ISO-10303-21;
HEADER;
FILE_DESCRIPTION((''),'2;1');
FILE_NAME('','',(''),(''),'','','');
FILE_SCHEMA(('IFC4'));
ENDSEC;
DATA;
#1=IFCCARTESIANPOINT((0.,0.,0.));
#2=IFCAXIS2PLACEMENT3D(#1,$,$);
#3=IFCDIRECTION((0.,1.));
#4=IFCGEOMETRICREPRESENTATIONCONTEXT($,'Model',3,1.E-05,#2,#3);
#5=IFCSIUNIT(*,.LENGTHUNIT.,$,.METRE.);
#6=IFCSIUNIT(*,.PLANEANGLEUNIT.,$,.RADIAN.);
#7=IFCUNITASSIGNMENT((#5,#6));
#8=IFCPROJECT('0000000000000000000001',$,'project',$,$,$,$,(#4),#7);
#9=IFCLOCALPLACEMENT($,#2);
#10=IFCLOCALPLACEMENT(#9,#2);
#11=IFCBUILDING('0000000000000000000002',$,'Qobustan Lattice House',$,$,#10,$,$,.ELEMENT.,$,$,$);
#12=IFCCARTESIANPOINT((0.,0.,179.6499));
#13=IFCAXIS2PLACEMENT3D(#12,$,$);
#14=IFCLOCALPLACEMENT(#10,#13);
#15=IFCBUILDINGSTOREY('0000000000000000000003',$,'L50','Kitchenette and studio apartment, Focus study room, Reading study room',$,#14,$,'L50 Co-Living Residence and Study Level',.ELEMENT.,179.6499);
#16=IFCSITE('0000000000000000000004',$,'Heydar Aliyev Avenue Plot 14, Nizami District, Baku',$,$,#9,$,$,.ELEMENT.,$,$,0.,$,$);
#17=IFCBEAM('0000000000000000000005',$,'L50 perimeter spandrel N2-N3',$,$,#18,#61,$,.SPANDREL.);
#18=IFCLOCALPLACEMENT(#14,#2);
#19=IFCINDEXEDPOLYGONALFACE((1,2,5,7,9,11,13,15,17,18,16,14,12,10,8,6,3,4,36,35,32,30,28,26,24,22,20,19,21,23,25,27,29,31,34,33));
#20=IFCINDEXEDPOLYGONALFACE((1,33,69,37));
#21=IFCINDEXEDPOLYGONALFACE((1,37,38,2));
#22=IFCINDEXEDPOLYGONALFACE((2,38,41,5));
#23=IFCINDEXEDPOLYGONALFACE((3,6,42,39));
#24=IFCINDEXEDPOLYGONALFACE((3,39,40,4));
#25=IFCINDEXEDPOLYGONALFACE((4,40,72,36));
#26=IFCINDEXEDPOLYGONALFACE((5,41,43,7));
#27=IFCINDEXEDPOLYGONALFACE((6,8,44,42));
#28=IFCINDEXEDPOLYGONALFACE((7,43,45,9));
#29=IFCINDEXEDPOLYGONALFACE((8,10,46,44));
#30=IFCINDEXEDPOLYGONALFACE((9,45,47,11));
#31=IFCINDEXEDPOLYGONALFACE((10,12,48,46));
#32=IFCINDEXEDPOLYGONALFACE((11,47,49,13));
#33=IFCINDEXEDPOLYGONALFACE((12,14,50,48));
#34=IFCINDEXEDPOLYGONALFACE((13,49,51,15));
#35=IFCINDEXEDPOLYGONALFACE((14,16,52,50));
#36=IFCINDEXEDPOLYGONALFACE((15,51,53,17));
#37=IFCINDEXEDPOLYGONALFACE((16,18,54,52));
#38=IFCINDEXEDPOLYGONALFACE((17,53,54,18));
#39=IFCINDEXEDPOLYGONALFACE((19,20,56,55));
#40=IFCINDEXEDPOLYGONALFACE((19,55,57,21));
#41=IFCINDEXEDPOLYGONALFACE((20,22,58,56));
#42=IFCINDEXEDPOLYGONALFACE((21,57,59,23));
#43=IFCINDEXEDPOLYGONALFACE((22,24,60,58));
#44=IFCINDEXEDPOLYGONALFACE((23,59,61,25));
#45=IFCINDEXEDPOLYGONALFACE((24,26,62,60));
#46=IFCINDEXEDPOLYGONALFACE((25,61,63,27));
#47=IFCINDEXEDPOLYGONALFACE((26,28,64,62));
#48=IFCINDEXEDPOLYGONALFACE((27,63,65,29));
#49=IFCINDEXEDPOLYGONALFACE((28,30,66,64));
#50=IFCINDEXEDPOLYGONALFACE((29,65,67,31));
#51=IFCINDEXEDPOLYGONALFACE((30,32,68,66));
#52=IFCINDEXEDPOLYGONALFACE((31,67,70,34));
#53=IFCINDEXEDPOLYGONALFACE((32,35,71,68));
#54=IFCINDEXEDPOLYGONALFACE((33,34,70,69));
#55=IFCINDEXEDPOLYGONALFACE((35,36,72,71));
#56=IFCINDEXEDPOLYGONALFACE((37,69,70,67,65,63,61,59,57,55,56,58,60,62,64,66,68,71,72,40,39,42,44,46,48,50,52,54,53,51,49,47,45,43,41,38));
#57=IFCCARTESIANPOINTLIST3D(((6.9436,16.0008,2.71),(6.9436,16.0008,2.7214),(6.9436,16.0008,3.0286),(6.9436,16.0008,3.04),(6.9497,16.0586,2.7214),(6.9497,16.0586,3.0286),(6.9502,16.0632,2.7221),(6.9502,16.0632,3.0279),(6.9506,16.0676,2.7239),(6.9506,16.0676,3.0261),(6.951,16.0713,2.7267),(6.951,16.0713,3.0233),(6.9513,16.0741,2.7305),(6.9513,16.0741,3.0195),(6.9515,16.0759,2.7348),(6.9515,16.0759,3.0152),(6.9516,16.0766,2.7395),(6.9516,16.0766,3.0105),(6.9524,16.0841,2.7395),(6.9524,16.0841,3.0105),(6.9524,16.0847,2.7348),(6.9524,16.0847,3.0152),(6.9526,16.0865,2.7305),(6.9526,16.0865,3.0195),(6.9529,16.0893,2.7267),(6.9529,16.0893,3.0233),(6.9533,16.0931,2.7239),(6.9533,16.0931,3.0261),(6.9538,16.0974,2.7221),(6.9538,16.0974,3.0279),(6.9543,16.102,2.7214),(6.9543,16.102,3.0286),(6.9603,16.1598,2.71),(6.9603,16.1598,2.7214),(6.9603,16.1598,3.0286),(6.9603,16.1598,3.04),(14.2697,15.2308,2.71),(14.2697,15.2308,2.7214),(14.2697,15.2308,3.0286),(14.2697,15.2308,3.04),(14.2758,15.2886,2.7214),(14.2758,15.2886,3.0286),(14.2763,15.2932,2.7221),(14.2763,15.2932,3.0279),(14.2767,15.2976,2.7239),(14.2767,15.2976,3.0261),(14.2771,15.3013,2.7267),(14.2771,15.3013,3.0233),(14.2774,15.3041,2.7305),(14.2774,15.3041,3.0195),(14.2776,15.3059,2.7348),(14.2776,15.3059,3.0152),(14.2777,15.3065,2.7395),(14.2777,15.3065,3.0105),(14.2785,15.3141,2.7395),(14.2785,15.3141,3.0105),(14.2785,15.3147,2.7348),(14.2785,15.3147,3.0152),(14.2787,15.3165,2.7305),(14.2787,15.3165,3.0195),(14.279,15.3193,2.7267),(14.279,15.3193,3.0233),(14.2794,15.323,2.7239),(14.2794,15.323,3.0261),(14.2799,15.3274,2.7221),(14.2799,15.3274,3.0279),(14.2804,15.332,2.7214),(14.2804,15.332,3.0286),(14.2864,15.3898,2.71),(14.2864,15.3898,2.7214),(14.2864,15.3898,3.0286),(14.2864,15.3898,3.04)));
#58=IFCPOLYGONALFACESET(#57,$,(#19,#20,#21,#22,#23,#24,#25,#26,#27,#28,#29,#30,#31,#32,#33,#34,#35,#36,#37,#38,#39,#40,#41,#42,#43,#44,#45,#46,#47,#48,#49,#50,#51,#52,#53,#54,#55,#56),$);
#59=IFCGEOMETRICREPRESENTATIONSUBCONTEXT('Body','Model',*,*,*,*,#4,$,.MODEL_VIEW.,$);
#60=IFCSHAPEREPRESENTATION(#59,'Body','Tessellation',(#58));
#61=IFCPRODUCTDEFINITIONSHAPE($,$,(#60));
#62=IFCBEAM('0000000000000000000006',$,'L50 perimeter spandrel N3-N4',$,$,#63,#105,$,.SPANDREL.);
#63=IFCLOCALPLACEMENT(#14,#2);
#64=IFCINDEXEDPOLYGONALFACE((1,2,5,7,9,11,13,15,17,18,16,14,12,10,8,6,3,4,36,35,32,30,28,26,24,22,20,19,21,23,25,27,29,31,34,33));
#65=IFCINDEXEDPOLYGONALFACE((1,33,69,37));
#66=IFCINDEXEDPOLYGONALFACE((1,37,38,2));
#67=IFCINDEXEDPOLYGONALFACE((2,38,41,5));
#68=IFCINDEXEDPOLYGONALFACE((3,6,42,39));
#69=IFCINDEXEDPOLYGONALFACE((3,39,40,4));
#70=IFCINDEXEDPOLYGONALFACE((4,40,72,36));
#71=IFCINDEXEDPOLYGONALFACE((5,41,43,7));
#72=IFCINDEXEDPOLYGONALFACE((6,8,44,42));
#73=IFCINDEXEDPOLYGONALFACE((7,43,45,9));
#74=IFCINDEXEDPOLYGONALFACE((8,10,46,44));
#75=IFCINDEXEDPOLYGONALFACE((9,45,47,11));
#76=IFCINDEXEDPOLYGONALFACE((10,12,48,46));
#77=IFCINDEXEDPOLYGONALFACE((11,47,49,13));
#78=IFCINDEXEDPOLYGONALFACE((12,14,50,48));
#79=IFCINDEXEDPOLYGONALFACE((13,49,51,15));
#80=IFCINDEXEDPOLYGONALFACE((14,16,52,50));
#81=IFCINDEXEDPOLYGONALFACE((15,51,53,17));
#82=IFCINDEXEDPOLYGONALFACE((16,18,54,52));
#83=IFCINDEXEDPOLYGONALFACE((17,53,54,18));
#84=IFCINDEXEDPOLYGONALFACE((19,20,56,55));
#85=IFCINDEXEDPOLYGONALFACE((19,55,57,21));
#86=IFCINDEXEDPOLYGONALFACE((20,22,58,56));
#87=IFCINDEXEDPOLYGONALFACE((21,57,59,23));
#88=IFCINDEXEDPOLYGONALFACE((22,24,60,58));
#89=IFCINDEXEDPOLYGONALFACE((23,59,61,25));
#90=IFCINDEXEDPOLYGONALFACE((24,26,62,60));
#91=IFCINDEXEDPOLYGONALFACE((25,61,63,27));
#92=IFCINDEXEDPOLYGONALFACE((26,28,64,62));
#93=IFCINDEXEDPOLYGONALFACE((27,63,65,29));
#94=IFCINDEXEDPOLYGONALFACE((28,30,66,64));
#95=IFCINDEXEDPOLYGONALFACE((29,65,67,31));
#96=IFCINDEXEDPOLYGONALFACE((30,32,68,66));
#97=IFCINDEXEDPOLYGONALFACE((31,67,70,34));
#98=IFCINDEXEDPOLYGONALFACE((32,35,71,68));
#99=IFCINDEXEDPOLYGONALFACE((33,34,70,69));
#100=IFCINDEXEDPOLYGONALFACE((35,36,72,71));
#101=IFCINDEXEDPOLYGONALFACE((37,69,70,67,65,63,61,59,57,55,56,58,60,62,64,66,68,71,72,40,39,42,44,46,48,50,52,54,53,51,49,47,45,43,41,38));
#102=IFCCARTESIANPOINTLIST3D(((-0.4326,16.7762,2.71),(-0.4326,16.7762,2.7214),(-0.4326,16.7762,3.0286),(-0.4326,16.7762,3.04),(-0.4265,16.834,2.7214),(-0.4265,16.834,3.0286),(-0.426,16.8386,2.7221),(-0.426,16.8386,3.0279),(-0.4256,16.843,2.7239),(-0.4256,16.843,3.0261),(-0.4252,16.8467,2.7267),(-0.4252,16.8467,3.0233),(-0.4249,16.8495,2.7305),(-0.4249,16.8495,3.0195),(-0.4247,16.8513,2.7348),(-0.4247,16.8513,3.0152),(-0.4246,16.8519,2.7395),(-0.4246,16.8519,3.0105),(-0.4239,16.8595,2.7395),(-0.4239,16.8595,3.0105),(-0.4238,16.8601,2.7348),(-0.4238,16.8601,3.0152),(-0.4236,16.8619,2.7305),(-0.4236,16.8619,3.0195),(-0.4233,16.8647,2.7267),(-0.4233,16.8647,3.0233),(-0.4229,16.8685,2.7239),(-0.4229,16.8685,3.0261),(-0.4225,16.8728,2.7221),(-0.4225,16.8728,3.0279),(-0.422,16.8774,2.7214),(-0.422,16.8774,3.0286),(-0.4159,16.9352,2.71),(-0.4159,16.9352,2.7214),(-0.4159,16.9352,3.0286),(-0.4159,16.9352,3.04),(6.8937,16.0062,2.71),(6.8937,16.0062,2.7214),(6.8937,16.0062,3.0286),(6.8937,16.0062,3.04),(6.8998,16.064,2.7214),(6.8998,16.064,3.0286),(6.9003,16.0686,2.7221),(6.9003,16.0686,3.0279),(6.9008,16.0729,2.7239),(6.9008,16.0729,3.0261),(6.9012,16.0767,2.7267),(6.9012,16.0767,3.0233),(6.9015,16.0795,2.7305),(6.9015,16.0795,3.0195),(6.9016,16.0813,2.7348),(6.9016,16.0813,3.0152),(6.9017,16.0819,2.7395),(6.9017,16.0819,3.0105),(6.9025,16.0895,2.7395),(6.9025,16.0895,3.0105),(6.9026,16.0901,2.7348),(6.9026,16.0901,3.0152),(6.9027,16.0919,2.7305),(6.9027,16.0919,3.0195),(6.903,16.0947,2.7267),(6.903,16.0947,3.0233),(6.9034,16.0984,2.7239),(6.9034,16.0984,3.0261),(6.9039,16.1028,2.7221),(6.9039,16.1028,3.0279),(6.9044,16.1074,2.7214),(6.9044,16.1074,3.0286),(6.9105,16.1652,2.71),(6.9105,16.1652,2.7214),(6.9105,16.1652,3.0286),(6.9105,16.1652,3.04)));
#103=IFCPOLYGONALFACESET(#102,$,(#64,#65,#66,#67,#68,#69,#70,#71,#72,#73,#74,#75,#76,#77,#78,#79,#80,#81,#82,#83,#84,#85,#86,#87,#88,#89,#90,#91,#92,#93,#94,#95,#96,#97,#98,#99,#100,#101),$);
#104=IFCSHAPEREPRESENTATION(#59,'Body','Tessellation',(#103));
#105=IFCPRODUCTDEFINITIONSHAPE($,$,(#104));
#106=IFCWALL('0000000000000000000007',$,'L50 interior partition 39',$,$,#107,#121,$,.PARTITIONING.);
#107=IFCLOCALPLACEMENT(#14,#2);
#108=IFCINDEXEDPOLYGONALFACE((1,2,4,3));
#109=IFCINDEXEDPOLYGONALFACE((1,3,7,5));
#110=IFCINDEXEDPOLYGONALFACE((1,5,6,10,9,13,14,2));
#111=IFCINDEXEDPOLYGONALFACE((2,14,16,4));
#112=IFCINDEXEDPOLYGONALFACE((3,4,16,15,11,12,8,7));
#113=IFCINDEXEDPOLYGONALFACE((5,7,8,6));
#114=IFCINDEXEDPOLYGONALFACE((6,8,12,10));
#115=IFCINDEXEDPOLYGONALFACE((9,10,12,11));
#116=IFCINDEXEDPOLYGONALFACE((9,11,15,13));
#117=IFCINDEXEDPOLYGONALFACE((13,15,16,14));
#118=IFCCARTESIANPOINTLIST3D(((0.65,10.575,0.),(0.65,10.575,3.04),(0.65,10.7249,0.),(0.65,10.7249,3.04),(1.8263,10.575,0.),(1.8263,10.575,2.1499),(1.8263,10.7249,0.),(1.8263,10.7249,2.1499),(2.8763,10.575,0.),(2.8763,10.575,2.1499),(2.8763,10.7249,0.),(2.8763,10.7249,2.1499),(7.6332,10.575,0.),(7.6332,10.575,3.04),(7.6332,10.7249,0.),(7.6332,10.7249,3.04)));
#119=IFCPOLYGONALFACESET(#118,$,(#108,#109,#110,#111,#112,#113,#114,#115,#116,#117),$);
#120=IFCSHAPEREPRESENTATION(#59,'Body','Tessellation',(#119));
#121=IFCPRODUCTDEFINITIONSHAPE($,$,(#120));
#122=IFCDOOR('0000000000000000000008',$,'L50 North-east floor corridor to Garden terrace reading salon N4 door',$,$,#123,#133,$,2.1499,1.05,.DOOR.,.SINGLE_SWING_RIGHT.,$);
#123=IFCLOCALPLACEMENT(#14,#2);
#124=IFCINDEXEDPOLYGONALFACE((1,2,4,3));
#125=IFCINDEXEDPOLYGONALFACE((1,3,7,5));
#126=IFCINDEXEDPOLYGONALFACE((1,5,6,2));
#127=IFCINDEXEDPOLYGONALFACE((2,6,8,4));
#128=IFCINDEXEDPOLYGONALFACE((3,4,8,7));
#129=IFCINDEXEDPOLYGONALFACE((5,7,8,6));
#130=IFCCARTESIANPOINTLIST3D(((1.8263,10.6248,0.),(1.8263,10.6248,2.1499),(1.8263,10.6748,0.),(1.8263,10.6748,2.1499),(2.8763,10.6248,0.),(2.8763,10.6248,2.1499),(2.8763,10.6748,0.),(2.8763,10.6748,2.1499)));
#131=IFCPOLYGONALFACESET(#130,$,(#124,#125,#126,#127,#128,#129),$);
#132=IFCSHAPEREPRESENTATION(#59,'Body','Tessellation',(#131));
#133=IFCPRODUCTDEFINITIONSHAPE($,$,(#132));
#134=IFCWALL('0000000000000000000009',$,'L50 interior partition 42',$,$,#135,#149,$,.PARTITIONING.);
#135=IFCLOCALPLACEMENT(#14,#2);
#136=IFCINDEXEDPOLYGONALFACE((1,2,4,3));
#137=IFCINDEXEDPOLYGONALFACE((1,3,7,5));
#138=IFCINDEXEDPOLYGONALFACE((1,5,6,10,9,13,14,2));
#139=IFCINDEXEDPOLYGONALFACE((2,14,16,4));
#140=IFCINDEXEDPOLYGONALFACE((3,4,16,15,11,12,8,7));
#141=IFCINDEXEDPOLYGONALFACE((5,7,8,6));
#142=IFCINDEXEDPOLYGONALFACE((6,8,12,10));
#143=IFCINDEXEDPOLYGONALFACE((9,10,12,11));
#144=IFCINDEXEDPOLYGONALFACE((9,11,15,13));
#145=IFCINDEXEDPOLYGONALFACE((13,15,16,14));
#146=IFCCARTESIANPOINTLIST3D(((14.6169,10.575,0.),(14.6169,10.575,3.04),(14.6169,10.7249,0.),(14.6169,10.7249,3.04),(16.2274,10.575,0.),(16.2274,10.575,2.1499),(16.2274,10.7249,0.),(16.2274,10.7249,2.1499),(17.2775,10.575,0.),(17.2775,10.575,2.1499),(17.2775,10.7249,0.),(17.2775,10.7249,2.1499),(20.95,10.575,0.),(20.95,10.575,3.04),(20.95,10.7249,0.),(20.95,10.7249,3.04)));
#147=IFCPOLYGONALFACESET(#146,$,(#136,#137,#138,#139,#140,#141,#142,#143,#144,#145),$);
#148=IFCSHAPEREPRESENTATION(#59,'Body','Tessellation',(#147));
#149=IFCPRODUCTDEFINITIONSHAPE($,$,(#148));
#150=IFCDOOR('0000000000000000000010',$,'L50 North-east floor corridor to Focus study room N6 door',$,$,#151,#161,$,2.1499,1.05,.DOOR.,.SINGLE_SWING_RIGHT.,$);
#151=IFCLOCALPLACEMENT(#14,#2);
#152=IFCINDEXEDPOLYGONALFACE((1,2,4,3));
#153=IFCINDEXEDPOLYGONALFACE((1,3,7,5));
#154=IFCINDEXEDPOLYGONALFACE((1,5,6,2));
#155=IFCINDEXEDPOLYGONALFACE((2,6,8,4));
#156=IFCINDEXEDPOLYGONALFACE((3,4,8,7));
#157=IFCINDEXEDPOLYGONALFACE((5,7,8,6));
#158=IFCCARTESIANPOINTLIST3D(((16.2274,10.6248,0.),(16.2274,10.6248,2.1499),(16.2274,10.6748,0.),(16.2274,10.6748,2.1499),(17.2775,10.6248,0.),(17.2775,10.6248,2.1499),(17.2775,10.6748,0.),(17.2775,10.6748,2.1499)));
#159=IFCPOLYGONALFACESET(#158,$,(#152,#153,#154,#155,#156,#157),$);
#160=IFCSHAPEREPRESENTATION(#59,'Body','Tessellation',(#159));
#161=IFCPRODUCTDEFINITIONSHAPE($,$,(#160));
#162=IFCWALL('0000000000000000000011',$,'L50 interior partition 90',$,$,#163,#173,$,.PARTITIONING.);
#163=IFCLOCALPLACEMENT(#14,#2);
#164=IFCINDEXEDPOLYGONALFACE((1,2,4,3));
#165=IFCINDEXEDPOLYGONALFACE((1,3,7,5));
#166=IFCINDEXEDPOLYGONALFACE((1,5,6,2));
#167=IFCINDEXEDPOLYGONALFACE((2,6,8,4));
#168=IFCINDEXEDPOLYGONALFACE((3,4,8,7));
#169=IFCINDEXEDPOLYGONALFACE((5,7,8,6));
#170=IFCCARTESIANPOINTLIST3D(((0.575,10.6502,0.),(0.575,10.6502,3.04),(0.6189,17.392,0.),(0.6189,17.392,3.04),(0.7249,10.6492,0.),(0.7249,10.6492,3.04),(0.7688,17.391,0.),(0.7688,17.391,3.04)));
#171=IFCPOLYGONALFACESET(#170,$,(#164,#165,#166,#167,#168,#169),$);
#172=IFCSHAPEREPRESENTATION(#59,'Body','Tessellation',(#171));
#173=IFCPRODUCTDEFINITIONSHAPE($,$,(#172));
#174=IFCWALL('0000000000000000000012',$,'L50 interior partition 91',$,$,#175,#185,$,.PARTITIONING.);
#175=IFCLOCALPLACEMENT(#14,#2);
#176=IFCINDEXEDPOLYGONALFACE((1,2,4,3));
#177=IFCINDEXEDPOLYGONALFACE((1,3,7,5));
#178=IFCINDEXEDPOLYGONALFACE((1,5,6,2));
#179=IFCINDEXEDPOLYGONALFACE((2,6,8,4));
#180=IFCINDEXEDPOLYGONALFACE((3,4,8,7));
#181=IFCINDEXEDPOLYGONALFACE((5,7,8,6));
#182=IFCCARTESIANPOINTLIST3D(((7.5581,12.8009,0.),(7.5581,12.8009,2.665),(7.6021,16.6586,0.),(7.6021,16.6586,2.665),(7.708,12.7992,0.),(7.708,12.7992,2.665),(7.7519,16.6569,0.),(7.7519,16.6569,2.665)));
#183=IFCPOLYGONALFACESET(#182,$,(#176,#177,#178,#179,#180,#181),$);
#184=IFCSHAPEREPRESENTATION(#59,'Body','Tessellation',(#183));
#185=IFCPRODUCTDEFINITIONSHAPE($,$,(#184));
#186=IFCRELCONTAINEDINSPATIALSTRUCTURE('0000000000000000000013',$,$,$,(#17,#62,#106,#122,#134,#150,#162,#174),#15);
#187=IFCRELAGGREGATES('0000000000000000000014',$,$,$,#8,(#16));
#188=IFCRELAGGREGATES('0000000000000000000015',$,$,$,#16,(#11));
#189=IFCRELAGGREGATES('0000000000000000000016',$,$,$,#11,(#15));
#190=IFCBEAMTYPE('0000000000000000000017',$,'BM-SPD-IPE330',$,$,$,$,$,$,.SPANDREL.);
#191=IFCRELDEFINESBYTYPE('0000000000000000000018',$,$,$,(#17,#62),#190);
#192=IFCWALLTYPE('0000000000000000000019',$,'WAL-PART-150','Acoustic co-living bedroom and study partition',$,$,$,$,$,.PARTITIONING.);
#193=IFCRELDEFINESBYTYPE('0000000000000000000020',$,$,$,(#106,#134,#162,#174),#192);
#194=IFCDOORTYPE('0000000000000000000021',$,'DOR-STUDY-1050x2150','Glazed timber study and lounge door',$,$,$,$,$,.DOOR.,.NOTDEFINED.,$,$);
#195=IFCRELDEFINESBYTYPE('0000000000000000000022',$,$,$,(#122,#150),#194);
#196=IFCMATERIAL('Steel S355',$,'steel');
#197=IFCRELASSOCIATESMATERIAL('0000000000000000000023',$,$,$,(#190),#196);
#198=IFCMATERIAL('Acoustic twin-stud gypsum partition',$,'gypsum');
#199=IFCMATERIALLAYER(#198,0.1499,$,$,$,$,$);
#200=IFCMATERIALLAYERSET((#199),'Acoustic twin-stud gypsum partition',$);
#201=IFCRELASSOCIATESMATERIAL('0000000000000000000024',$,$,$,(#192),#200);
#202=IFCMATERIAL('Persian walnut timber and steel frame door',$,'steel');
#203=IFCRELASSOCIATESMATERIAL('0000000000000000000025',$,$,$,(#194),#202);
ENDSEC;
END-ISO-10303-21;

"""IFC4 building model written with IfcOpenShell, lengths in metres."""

from ifc_helpers import new_model, si_unit, direction, frame, frame_2d, origin, origin_2d, place, context, subcontext, project, spatial, rectangle, i_section, extrude, material, layer, layer_set, material_profile, profile_set, type_object, element, fill, save


model = new_model("IFC4")

# Units and contexts
model_context = context("Model", 3, precision=1e-05, world=origin(), true_north=direction((0.0, 1.0)))
body_context = subcontext(model_context, "Body", "Model", "MODEL_VIEW")
ifc_project = project(units=[si_unit("LENGTHUNIT", "METRE"), si_unit("PLANEANGLEUNIT", "RADIAN")], contexts=[model_context])

# Site, building, storey
site_placement = place(None, origin())
site = spatial("IfcSite", under=ifc_project, at=site_placement, Name="Heydar Aliyev Avenue Plot 14, Nizami District, Baku", CompositionType="ELEMENT", RefElevation=0.0)
building_placement = place(site_placement, origin())
building = spatial("IfcBuilding", under=site, at=building_placement, Name="Qobustan Lattice House", CompositionType="ELEMENT")
storey_placement = place(building_placement, frame((0.0, 0.0, 179.6499)))
storey = spatial("IfcBuildingStorey", under=building, at=storey_placement, Name="L50", Description="Kitchenette and studio apartment, Focus study room, Reading study room", LongName="L50 Co-Living Residence and Study Level", CompositionType="ELEMENT", Elevation=179.6499)

# Beams
ifc_material_1 = material(Name="Steel S355", Category="steel")
ifc_material_profile_1 = material_profile(ifc_material_1, i_section(OverallWidth=0.1599, OverallDepth=0.3301, WebThickness=0.0076, FlangeThickness=0.0115, FilletRadius=0.0181, at=origin_2d()), Name="IPE330")
ifc_profile_set_1 = profile_set([ifc_material_profile_1], Name="Steel S355")
beam_type_1 = type_object("IfcBeamType", Name="BM-SPD-IPE330", PredefinedType="SPANDREL", material=ifc_profile_set_1)
beam_1_placement = place(storey_placement, frame((14.2781, 15.3103, 2.875), z_axis=(-0.994522, 0.10453, 0.0), x_axis=(-0.10453, -0.994522, 0.0)))
element("IfcBeam", 1, at=beam_1_placement, inside=storey, type_object=beam_type_1, Name="L50 perimeter spandrel N2-N3", PredefinedType="SPANDREL", context=body_context, shape_type="SweptSolid", body=[
    extrude(i_section(OverallWidth=0.1599, OverallDepth=0.3301, WebThickness=0.0076, FlangeThickness=0.0115, FilletRadius=0.0181, at=origin_2d()), origin(), (0.0, 0.0, 1.0), 7.3665),
])
beam_2_placement = place(storey_placement, frame((6.9021, 16.0857, 2.875), z_axis=(-0.994522, 0.104526, 0.0), x_axis=(-0.104526, -0.994522, 0.0)))
element("IfcBeam", 2, at=beam_2_placement, inside=storey, type_object=beam_type_1, Name="L50 perimeter spandrel N3-N4", PredefinedType="SPANDREL", context=body_context, shape_type="SweptSolid", body=[
    extrude(i_section(OverallWidth=0.1599, OverallDepth=0.3301, WebThickness=0.0076, FlangeThickness=0.0115, FilletRadius=0.0181, at=origin_2d()), origin(), (0.0, 0.0, 1.0), 7.3667),
])

# Walls, openings, doors
ifc_material_2 = material(Name="Acoustic twin-stud gypsum partition", Category="gypsum")
ifc_layer_1 = layer(ifc_material_2, 0.1499)
ifc_layer_set_1 = layer_set([ifc_layer_1], Name="Acoustic twin-stud gypsum partition")
wall_type_1 = type_object("IfcWallType", Name="WAL-PART-150", Description="Acoustic co-living bedroom and study partition", PredefinedType="PARTITIONING", material=ifc_layer_set_1)
wall_1_placement = place(storey_placement, frame((0.6499, 10.6499, 0.0), z_axis=(0.0, 0.0, 1.0), x_axis=(1.0, 0.0, 0.0)))
wall_1 = element("IfcWall", 3, at=wall_1_placement, inside=storey, type_object=wall_type_1, Name="L50 interior partition 39", PredefinedType="PARTITIONING", context=body_context, shape_type="SweptSolid", body=[
    extrude(rectangle(XDim=6.9832, YDim=0.1499, at=frame_2d((3.4917, 0.0))), origin(), (0.0, 0.0, 1.0), 3.04),
])
opening_1_placement = place(wall_1_placement, frame((1.1765, 0.0, 0.0)))
opening_1 = element("IfcOpeningElement", 4, at=opening_1_placement, cuts=wall_1, PredefinedType="OPENING", context=body_context, shape_type="SweptSolid", body=[
    extrude(rectangle(XDim=1.05, YDim=2.1499, at=frame_2d((0.5249, 1.075))), frame((0.0, 0.085, 0.0), z_axis=(0.0, -1.0, 0.0), x_axis=(1.0, 0.0, 0.0)), (0.0, 0.0, 1.0), 0.1699),
])
ifc_material_3 = material(Name="Persian walnut timber and steel frame door", Category="steel")
door_type_1 = type_object("IfcDoorType", Name="DOR-STUDY-1050x2150", Description="Glazed timber study and lounge door", OperationType="NOTDEFINED", PredefinedType="DOOR", material=ifc_material_3)
door_1_placement = place(opening_1_placement, origin())
door_1 = element("IfcDoor", 5, at=door_1_placement, inside=storey, type_object=door_type_1, Name="L50 North-east floor corridor to Garden terrace reading salon N4 door", OperationType="SINGLE_SWING_RIGHT", OverallHeight=2.1499, OverallWidth=1.05, PredefinedType="DOOR", context=body_context, shape_type="SweptSolid", body=[
    extrude(rectangle(XDim=1.05, YDim=2.1499, at=frame_2d((0.5249, 1.075))), frame((0.0, 0.0249, 0.0), z_axis=(0.0, -1.0, 0.0), x_axis=(1.0, 0.0, 0.0)), (0.0, 0.0, 1.0), 0.05),
])
fill(opening_1, door_1)
wall_2_placement = place(storey_placement, frame((14.6169, 10.6499, 0.0), z_axis=(0.0, 0.0, 1.0), x_axis=(1.0, 0.0, 0.0)))
wall_2 = element("IfcWall", 6, at=wall_2_placement, inside=storey, type_object=wall_type_1, Name="L50 interior partition 42", PredefinedType="PARTITIONING", context=body_context, shape_type="SweptSolid", body=[
    extrude(rectangle(XDim=6.333, YDim=0.1499, at=frame_2d((3.1665, 0.0))), origin(), (0.0, 0.0, 1.0), 3.04),
])
opening_2_placement = place(wall_2_placement, frame((1.6106, 0.0, 0.0)))
opening_2 = element("IfcOpeningElement", 7, at=opening_2_placement, cuts=wall_2, PredefinedType="OPENING", context=body_context, shape_type="SweptSolid", body=[
    extrude(rectangle(XDim=1.05, YDim=2.1499, at=frame_2d((0.5249, 1.075))), frame((0.0, 0.085, 0.0), z_axis=(0.0, -1.0, 0.0), x_axis=(1.0, 0.0, 0.0)), (0.0, 0.0, 1.0), 0.1699),
])
door_2_placement = place(opening_2_placement, origin())
door_2 = element("IfcDoor", 8, at=door_2_placement, inside=storey, type_object=door_type_1, Name="L50 North-east floor corridor to Focus study room N6 door", OperationType="SINGLE_SWING_RIGHT", OverallHeight=2.1499, OverallWidth=1.05, PredefinedType="DOOR", context=body_context, shape_type="SweptSolid", body=[
    extrude(rectangle(XDim=1.05, YDim=2.1499, at=frame_2d((0.5249, 1.075))), frame((0.0, 0.0249, 0.0), z_axis=(0.0, -1.0, 0.0), x_axis=(1.0, 0.0, 0.0)), (0.0, 0.0, 1.0), 0.05),
])
fill(opening_2, door_2)

# Walls
wall_3_placement = place(storey_placement, frame((0.6938, 17.3916, 0.0), z_axis=(0.0, 0.0, 1.0), x_axis=(-0.006518, -0.999979, 0.0)))
element("IfcWall", 9, at=wall_3_placement, inside=storey, type_object=wall_type_1, Name="L50 interior partition 90", PredefinedType="PARTITIONING", context=body_context, shape_type="SweptSolid", body=[
    extrude(rectangle(XDim=6.7419, YDim=0.1499, at=frame_2d((3.3711, 0.0))), origin(), (0.0, 0.0, 1.0), 3.04),
])
wall_4_placement = place(storey_placement, frame((7.677, 16.6577, 0.0), z_axis=(0.0, 0.0, 1.0), x_axis=(-0.011391, -0.999935, 0.0)))
element("IfcWall", 10, at=wall_4_placement, inside=storey, type_object=wall_type_1, Name="L50 interior partition 91", PredefinedType="PARTITIONING", context=body_context, shape_type="SweptSolid", body=[
    extrude(rectangle(XDim=3.8579, YDim=0.1499, at=frame_2d((1.929, 0.0))), origin(), (0.0, 0.0, 1.0), 2.665),
])

save(model, "model.ifc")
